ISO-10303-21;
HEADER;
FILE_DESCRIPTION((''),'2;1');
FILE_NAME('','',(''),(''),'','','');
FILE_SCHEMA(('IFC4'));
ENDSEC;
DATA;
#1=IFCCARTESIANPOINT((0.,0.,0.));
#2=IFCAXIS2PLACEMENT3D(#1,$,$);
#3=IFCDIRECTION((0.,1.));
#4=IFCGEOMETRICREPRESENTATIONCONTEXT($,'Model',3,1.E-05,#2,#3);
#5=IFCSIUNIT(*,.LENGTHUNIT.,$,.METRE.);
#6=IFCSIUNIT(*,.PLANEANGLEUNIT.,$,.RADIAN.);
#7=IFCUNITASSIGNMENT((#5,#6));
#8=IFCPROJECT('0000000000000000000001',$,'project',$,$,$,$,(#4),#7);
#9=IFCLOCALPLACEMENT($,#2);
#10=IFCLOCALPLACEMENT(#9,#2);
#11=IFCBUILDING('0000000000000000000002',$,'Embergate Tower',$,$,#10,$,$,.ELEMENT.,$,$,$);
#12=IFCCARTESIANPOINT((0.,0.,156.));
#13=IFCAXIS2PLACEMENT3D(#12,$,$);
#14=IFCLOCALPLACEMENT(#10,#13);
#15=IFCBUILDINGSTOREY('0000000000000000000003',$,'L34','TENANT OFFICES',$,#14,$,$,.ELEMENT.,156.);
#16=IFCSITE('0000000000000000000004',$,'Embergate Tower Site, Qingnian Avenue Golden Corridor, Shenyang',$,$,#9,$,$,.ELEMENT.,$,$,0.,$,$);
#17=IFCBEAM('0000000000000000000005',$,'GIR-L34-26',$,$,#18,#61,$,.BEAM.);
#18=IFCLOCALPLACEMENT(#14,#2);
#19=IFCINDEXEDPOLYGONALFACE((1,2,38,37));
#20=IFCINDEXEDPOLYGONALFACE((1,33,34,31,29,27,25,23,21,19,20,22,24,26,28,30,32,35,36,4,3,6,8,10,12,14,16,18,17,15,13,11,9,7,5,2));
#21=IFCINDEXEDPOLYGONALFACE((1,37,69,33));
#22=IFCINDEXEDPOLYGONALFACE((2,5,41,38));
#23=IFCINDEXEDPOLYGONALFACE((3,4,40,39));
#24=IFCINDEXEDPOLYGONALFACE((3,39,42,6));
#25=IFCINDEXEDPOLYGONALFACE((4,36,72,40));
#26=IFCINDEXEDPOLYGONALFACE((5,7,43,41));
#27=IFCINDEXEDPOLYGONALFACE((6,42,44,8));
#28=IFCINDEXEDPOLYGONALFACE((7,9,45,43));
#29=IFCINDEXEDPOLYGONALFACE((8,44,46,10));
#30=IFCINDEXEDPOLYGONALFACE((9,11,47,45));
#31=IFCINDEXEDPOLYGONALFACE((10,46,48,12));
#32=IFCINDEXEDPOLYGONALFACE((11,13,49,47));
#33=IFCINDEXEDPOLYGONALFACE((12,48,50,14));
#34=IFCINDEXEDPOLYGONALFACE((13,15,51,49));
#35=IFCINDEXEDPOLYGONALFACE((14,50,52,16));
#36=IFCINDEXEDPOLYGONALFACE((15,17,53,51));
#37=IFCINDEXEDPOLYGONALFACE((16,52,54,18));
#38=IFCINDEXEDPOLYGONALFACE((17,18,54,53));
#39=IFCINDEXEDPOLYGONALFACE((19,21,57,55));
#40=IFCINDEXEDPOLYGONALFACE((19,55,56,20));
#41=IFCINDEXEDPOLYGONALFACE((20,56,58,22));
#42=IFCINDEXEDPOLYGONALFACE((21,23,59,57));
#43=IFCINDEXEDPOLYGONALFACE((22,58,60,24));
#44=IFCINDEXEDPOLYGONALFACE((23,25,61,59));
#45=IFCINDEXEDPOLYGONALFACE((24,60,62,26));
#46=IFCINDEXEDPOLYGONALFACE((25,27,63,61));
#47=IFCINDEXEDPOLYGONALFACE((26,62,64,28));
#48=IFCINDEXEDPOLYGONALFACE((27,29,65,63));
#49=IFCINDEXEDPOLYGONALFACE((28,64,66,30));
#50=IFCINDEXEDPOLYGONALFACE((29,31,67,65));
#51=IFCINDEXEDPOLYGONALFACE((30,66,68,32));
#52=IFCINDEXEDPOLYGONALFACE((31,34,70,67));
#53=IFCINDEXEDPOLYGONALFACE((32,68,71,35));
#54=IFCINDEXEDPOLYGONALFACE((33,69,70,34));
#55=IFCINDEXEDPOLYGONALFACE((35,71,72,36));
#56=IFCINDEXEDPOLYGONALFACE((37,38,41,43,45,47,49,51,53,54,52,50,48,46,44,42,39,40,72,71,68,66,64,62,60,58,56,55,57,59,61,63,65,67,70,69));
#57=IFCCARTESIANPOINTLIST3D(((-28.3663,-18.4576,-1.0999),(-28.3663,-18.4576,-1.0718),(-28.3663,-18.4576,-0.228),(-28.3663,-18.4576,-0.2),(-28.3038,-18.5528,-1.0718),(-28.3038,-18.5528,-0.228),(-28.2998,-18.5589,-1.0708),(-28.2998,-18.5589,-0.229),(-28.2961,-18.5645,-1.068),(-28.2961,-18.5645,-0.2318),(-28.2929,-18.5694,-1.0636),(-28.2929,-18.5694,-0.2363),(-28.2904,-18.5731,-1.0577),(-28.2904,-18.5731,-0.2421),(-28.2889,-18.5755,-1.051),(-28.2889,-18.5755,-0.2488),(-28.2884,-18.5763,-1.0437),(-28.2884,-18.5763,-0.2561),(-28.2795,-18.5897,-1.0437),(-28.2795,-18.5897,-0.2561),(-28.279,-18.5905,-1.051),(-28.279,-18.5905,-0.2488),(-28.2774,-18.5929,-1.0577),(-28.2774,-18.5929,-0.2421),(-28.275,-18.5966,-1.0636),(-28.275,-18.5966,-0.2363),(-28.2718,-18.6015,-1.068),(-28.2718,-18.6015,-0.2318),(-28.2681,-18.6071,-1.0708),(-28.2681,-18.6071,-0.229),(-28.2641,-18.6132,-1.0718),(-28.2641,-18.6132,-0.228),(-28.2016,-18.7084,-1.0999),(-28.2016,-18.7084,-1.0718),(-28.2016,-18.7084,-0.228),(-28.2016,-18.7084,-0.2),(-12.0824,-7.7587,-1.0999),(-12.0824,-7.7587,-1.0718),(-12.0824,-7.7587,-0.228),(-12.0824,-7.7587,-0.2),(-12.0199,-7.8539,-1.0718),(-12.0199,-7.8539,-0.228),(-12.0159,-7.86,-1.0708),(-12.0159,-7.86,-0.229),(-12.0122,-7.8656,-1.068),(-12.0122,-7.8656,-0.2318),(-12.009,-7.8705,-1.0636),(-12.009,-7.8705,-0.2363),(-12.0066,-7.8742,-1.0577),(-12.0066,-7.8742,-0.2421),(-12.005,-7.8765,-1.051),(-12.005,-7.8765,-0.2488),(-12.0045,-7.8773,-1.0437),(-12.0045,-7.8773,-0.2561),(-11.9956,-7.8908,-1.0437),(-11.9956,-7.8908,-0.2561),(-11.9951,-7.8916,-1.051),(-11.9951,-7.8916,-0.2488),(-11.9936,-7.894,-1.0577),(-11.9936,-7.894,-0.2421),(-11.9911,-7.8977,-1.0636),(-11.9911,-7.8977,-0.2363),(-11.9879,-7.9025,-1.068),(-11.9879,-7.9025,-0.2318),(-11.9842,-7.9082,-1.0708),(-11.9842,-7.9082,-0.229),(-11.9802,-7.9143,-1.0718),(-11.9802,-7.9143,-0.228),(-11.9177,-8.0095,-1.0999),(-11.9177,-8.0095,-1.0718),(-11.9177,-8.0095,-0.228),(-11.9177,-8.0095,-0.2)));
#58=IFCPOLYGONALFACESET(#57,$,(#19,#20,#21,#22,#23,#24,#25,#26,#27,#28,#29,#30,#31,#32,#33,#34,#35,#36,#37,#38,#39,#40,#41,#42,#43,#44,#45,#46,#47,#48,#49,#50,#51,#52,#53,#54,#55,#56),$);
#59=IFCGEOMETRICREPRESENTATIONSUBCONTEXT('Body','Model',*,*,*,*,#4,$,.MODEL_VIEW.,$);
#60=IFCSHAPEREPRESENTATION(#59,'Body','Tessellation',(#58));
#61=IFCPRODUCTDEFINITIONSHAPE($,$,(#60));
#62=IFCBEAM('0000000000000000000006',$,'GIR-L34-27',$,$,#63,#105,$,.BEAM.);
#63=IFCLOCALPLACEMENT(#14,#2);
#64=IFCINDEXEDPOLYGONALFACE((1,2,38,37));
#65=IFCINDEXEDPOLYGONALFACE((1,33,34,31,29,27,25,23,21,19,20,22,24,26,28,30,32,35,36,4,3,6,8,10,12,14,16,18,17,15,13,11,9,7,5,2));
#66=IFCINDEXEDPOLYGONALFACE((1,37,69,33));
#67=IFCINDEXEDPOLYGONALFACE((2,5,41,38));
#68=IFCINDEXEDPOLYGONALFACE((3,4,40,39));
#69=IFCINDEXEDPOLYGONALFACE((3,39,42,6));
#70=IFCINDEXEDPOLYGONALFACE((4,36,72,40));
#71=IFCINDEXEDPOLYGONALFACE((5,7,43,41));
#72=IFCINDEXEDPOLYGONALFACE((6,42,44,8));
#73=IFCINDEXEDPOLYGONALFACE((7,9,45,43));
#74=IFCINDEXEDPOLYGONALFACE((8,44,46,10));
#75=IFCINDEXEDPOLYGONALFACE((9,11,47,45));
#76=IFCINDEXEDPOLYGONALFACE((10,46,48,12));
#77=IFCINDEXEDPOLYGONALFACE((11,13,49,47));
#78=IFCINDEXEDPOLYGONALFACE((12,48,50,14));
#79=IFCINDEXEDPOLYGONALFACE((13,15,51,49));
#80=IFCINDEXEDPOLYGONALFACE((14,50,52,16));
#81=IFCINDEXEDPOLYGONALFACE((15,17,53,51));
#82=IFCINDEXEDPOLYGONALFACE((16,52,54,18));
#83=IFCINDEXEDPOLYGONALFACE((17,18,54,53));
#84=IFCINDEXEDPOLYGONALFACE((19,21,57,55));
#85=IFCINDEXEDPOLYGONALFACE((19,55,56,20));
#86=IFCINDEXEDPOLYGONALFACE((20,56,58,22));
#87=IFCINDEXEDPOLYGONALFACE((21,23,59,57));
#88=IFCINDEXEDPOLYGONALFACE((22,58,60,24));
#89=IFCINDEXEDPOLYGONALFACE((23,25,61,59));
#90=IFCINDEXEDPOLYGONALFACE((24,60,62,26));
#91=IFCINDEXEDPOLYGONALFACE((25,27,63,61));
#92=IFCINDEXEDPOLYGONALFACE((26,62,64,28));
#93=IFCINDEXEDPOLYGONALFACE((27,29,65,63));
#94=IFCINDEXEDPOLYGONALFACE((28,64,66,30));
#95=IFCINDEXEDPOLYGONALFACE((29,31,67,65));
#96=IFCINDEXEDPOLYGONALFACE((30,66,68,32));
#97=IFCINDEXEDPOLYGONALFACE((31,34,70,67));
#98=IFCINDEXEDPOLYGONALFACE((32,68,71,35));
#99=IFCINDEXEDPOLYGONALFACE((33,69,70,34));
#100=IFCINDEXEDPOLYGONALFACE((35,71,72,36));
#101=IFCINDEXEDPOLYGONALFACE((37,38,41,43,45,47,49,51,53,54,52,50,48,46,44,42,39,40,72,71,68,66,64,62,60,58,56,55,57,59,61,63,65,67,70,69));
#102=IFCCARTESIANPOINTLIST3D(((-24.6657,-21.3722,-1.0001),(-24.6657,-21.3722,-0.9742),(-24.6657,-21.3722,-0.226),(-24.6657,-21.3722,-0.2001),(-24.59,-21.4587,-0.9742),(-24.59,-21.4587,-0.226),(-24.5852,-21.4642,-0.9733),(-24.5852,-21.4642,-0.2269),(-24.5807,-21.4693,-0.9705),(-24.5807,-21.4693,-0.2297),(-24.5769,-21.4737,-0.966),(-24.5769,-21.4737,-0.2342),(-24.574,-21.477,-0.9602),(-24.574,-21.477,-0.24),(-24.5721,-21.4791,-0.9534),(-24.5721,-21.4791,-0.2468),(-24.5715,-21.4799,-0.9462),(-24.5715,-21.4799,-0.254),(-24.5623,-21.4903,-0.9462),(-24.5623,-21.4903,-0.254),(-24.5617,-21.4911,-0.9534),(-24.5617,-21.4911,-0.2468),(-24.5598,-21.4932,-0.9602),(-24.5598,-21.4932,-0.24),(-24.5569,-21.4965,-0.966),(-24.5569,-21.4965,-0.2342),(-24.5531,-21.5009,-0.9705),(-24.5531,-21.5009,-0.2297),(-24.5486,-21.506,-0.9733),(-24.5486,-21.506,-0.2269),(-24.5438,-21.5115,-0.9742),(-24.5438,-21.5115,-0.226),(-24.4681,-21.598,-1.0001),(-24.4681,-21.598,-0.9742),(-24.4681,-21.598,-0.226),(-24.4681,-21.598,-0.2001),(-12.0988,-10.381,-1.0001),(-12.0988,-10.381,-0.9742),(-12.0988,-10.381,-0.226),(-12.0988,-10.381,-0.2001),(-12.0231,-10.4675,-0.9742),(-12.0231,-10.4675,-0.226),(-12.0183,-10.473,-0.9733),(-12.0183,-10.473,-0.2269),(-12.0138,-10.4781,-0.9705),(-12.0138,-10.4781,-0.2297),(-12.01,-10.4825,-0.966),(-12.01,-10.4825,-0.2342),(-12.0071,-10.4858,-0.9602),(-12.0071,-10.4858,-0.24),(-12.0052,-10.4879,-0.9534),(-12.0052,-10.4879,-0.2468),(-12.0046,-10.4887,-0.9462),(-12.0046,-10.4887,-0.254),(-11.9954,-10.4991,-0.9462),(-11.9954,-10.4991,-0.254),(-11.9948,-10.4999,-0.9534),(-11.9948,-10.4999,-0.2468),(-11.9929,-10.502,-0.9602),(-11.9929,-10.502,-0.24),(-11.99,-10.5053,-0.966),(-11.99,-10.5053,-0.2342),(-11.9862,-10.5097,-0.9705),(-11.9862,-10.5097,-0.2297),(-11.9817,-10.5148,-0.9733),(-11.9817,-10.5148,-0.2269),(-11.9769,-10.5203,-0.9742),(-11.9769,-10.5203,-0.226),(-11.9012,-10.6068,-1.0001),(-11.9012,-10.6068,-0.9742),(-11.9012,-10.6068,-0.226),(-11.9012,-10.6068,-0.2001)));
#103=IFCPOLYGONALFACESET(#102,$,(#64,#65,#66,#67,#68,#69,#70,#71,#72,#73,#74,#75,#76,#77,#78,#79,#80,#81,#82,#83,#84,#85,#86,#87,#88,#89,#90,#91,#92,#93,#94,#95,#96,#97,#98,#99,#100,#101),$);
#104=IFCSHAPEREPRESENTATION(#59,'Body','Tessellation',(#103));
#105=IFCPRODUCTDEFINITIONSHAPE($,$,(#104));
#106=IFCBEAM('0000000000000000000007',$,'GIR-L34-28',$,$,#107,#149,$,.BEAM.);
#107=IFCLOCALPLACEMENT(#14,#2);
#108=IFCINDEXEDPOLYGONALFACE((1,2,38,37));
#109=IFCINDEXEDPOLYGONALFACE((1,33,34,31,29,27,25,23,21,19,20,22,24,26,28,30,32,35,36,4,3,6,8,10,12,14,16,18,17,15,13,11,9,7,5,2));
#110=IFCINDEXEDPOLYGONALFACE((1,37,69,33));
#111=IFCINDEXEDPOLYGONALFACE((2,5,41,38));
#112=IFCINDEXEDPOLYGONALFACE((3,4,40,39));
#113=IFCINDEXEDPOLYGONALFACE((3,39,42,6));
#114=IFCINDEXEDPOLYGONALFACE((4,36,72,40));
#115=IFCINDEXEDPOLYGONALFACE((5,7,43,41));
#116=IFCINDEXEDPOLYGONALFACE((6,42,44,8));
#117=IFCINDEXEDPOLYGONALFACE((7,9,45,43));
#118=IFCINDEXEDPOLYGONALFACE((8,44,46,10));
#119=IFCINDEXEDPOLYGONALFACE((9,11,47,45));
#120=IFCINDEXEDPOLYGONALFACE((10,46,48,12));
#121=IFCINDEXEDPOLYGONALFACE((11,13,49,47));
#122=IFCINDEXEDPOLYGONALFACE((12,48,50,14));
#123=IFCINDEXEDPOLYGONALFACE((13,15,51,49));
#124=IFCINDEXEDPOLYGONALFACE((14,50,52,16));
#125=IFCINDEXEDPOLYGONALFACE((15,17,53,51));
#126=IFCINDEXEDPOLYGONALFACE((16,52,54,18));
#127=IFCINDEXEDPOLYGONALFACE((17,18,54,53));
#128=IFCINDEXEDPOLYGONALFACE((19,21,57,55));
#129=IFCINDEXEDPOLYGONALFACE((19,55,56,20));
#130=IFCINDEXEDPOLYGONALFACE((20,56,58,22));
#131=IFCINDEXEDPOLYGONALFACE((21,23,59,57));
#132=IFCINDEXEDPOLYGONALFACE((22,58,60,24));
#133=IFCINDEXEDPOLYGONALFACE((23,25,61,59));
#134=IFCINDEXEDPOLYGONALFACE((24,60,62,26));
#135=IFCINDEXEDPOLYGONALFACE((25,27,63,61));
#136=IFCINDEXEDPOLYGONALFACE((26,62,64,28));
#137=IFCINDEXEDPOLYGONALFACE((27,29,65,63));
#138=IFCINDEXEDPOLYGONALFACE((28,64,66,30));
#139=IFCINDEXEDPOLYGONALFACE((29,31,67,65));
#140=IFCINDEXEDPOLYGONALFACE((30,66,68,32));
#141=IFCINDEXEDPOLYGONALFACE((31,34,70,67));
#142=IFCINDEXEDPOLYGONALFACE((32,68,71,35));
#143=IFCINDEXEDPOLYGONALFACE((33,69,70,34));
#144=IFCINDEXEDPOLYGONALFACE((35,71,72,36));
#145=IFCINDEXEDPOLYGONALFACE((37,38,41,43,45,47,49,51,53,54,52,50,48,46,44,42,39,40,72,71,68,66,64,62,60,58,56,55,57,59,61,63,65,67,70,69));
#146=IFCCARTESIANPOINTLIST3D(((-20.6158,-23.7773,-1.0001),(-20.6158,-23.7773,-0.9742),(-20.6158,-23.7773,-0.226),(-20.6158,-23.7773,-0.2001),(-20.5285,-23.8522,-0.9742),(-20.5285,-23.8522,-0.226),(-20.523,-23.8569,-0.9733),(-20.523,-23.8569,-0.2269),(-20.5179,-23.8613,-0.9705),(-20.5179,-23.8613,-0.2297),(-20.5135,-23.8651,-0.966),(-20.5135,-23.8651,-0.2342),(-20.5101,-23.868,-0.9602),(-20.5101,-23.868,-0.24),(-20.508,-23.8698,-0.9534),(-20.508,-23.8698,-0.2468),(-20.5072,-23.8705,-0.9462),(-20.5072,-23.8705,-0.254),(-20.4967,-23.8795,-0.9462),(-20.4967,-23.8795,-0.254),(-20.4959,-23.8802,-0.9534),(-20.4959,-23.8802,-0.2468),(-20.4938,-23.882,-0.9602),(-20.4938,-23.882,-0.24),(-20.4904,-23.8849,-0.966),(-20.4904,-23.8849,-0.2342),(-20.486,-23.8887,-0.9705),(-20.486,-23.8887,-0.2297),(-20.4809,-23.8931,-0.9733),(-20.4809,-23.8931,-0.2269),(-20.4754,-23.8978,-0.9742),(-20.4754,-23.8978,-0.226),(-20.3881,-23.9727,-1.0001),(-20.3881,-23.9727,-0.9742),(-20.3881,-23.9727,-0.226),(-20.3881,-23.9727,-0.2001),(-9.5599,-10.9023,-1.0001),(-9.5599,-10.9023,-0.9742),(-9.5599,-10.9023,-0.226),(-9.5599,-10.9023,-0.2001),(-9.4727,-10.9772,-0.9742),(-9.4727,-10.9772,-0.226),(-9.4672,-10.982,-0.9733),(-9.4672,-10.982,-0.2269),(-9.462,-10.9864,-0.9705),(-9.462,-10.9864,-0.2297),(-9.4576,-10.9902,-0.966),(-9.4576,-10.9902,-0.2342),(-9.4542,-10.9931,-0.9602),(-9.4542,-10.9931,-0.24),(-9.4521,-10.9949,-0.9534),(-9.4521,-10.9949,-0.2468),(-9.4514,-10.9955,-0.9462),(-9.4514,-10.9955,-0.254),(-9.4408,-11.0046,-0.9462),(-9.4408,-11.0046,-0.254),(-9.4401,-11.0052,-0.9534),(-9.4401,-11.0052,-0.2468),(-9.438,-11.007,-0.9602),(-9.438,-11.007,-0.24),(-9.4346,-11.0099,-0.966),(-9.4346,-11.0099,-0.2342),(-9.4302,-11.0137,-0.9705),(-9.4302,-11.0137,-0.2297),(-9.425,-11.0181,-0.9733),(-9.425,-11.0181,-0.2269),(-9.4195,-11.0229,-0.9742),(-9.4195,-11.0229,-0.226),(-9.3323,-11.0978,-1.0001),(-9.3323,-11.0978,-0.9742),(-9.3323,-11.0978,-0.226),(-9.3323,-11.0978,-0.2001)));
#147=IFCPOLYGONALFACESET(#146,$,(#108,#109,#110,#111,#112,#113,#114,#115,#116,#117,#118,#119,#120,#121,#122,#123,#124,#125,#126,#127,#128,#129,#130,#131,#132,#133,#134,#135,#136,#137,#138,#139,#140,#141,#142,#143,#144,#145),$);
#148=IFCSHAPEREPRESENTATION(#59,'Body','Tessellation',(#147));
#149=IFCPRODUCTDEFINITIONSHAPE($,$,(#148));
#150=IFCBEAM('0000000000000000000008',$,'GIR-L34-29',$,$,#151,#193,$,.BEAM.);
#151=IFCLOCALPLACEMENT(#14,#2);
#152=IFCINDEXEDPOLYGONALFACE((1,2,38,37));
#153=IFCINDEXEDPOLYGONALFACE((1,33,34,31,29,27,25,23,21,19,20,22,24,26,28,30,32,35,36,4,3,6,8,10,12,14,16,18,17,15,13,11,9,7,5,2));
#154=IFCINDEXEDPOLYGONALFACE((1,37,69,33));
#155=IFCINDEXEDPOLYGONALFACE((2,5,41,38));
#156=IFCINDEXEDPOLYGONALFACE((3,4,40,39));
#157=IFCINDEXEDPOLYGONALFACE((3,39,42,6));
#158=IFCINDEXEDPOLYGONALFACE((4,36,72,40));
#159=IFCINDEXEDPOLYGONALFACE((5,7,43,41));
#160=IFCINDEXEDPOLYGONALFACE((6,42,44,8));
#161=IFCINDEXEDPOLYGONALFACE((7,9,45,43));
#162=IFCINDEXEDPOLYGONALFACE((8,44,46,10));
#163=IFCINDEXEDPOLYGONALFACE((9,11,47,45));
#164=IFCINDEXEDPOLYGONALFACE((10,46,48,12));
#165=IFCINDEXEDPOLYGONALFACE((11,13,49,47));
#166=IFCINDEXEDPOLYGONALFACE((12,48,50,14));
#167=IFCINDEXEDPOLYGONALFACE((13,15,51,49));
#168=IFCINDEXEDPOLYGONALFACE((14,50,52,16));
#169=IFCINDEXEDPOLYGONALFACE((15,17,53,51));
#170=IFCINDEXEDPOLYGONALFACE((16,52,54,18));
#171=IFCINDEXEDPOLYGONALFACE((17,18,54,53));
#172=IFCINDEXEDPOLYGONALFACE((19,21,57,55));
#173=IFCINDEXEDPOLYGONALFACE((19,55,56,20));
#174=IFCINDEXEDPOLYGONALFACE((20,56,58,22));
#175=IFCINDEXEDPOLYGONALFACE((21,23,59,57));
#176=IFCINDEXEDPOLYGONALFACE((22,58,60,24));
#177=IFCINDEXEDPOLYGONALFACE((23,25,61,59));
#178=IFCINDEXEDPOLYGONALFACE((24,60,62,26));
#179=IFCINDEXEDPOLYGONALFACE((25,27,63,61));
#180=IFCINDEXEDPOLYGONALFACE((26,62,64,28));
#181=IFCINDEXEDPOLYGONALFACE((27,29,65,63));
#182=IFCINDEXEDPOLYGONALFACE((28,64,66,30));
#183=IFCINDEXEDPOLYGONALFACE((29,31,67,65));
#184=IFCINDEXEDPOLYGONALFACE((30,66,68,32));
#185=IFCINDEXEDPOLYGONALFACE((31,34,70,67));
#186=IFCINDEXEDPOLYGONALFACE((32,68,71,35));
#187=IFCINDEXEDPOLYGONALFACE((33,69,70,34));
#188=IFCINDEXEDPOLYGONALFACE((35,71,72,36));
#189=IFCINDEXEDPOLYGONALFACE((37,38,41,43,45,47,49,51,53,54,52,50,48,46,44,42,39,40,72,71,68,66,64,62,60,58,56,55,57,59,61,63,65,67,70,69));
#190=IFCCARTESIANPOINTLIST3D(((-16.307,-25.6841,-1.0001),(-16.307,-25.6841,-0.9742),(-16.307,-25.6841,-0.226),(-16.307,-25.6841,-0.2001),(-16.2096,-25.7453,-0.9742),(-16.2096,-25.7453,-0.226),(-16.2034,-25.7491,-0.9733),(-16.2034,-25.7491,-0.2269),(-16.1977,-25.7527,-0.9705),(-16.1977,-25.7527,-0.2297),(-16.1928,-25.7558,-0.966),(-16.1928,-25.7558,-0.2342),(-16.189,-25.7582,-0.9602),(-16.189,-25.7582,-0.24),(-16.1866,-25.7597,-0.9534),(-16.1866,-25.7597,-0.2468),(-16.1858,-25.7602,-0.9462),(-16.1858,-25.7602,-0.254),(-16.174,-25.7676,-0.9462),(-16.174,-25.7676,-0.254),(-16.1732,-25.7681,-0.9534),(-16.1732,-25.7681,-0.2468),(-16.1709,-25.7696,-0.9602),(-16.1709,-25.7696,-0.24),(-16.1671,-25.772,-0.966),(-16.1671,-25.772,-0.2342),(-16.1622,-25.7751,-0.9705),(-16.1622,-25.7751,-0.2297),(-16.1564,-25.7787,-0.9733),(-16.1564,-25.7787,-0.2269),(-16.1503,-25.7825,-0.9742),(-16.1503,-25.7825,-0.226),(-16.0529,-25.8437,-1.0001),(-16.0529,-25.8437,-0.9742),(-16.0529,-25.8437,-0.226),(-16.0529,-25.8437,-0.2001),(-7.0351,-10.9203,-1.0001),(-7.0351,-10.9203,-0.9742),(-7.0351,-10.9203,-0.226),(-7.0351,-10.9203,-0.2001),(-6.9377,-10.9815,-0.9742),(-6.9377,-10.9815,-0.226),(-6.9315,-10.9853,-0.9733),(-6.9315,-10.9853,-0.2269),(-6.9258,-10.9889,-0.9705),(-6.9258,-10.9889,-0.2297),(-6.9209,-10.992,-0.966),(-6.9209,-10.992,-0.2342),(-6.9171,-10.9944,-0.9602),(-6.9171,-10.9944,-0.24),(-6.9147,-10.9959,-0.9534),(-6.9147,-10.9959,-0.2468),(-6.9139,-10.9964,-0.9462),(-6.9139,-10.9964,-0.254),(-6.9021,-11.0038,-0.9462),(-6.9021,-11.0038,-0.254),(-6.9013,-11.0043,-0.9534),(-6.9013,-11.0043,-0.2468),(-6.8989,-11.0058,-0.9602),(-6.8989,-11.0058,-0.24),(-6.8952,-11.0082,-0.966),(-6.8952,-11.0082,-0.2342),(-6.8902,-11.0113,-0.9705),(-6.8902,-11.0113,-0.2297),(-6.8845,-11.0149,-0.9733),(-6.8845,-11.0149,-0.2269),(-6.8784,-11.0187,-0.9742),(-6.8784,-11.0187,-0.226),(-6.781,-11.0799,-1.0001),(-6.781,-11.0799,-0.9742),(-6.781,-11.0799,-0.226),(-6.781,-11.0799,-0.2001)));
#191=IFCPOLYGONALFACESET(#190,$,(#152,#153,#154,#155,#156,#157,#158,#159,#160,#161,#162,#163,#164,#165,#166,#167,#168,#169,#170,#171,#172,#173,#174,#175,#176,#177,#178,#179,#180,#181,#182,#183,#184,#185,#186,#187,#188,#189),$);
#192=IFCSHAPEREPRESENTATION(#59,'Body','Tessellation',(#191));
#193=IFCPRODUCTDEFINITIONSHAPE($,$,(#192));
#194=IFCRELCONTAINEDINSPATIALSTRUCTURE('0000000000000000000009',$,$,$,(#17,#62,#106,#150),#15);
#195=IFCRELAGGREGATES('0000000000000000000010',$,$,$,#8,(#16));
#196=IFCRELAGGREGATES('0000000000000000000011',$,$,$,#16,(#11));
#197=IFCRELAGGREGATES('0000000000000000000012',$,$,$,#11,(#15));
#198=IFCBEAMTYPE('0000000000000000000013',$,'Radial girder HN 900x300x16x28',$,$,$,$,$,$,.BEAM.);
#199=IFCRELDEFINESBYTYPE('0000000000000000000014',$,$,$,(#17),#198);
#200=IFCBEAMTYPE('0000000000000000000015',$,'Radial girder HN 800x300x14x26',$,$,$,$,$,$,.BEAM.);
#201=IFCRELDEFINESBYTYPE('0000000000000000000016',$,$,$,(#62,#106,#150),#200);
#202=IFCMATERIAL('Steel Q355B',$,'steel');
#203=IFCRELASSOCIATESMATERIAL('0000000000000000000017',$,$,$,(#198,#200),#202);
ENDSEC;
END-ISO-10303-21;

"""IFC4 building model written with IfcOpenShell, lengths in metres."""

from ifc_helpers import new_model, si_unit, direction, frame, origin, origin_2d, place, context, subcontext, project, spatial, i_section, extrude, source, transform, mapped, material, material_profile, profile_set, type_object, element, save


model = new_model("IFC4")

# Units and contexts
model_context = context("Model", 3, precision=1e-05, world=origin(), true_north=direction((0.0, 1.0)))
body_context = subcontext(model_context, "Body", "Model", "MODEL_VIEW")
ifc_project = project(units=[si_unit("LENGTHUNIT", "METRE"), si_unit("PLANEANGLEUNIT", "RADIAN")], contexts=[model_context])

# Site, building, storey
site_placement = place(None, origin())
site = spatial("IfcSite", under=ifc_project, at=site_placement, Name="Embergate Tower Site, Qingnian Avenue Golden Corridor, Shenyang", CompositionType="ELEMENT", RefElevation=0.0)
building_placement = place(site_placement, origin())
building = spatial("IfcBuilding", under=site, at=building_placement, Name="Embergate Tower", CompositionType="ELEMENT")
storey_placement = place(building_placement, frame((0.0, 0.0, 156.0)))
storey = spatial("IfcBuildingStorey", under=building, at=storey_placement, Name="L34", Description="TENANT OFFICES", CompositionType="ELEMENT", Elevation=156.0)

# Beams
ifc_material_1 = material(Name="Steel Q355B", Category="steel")
ifc_material_profile_1 = material_profile(ifc_material_1, i_section(OverallWidth=0.3, OverallDepth=0.8999, WebThickness=0.0161, FlangeThickness=0.0281, FilletRadius=0.0281, at=origin_2d()), Name="HN 900x300x16x28")
ifc_profile_set_1 = profile_set([ifc_material_profile_1], Name="Steel Q355 grade B")
beam_type_1 = type_object("IfcBeamType", Name="Radial girder HN 900x300x16x28", PredefinedType="BEAM", material=ifc_profile_set_1)
shared_shape_1 = source(origin(), body_context, "Body", "SweptSolid", [
    extrude(i_section(OverallWidth=0.3, OverallDepth=0.8999, WebThickness=0.0161, FlangeThickness=0.0281, FilletRadius=0.0281, at=origin_2d()), origin(), (0.0, 0.0, 1.0), 19.4841),
])
beam_1_placement = place(storey_placement, frame((-28.2839, -18.583, -0.6499), z_axis=(0.83575, 0.54911, 0.0), x_axis=(-0.54911, 0.83575, 0.0)))
element("IfcBeam", 1, at=beam_1_placement, inside=storey, type_object=beam_type_1, Name="GIR-L34-26", PredefinedType="BEAM", context=body_context, shape_type="MappedRepresentation", body=[
    mapped(shared_shape_1, transform((0.0, 0.0, 0.0))),
])
ifc_material_profile_2 = material_profile(ifc_material_1, i_section(OverallWidth=0.3, OverallDepth=0.8, WebThickness=0.0139, FlangeThickness=0.0259, FilletRadius=0.0281, at=origin_2d()), Name="HN 800x300x14x26")
ifc_profile_set_2 = profile_set([ifc_material_profile_2], Name="Steel Q355 grade B")
beam_type_2 = type_object("IfcBeamType", Name="Radial girder HN 800x300x14x26", PredefinedType="BEAM", material=ifc_profile_set_2)
shared_shape_2 = source(origin(), body_context, "Body", "SweptSolid", [
    extrude(i_section(OverallWidth=0.3, OverallDepth=0.8, WebThickness=0.0139, FlangeThickness=0.0259, FilletRadius=0.0281, at=origin_2d()), origin(), (0.0, 0.0, 1.0), 16.6953),
])
beam_2_placement = place(storey_placement, frame((-24.5669, -21.4851, -0.6001), z_axis=(0.75272, 0.658341, 0.0), x_axis=(-0.658341, 0.75272, 0.0)))
element("IfcBeam", 2, at=beam_2_placement, inside=storey, type_object=beam_type_2, Name="GIR-L34-27", PredefinedType="BEAM", context=body_context, shape_type="MappedRepresentation", body=[
    mapped(shared_shape_2, transform((0.0, 0.0, 0.0))),
])
shared_shape_3 = source(origin(), body_context, "Body", "SweptSolid", [
    extrude(i_section(OverallWidth=0.3, OverallDepth=0.8, WebThickness=0.0139, FlangeThickness=0.0259, FilletRadius=0.0281, at=origin_2d()), origin(), (0.0, 0.0, 1.0), 16.9705),
])
beam_3_placement = place(storey_placement, frame((-20.502, -23.875, -0.6001), z_axis=(0.651477, 0.758668, 0.0), x_axis=(-0.758668, 0.651477, 0.0)))
element("IfcBeam", 3, at=beam_3_placement, inside=storey, type_object=beam_type_2, Name="GIR-L34-28", PredefinedType="BEAM", context=body_context, shape_type="MappedRepresentation", body=[
    mapped(shared_shape_3, transform((0.0, 0.0, 0.0))),
])
shared_shape_4 = source(origin(), body_context, "Body", "SweptSolid", [
    extrude(i_section(OverallWidth=0.3, OverallDepth=0.8, WebThickness=0.0139, FlangeThickness=0.0259, FilletRadius=0.0281, at=origin_2d()), origin(), (0.0, 0.0, 1.0), 17.4338),
])
beam_4_placement = place(storey_placement, frame((-16.1799, -25.7639, -0.6001), z_axis=(0.531834, 0.846848, 0.0), x_axis=(-0.846848, 0.531834, 0.0)))
element("IfcBeam", 4, at=beam_4_placement, inside=storey, type_object=beam_type_2, Name="GIR-L34-29", PredefinedType="BEAM", context=body_context, shape_type="MappedRepresentation", body=[
    mapped(shared_shape_4, transform((0.0, 0.0, 0.0))),
])

save(model, "model.ifc")
